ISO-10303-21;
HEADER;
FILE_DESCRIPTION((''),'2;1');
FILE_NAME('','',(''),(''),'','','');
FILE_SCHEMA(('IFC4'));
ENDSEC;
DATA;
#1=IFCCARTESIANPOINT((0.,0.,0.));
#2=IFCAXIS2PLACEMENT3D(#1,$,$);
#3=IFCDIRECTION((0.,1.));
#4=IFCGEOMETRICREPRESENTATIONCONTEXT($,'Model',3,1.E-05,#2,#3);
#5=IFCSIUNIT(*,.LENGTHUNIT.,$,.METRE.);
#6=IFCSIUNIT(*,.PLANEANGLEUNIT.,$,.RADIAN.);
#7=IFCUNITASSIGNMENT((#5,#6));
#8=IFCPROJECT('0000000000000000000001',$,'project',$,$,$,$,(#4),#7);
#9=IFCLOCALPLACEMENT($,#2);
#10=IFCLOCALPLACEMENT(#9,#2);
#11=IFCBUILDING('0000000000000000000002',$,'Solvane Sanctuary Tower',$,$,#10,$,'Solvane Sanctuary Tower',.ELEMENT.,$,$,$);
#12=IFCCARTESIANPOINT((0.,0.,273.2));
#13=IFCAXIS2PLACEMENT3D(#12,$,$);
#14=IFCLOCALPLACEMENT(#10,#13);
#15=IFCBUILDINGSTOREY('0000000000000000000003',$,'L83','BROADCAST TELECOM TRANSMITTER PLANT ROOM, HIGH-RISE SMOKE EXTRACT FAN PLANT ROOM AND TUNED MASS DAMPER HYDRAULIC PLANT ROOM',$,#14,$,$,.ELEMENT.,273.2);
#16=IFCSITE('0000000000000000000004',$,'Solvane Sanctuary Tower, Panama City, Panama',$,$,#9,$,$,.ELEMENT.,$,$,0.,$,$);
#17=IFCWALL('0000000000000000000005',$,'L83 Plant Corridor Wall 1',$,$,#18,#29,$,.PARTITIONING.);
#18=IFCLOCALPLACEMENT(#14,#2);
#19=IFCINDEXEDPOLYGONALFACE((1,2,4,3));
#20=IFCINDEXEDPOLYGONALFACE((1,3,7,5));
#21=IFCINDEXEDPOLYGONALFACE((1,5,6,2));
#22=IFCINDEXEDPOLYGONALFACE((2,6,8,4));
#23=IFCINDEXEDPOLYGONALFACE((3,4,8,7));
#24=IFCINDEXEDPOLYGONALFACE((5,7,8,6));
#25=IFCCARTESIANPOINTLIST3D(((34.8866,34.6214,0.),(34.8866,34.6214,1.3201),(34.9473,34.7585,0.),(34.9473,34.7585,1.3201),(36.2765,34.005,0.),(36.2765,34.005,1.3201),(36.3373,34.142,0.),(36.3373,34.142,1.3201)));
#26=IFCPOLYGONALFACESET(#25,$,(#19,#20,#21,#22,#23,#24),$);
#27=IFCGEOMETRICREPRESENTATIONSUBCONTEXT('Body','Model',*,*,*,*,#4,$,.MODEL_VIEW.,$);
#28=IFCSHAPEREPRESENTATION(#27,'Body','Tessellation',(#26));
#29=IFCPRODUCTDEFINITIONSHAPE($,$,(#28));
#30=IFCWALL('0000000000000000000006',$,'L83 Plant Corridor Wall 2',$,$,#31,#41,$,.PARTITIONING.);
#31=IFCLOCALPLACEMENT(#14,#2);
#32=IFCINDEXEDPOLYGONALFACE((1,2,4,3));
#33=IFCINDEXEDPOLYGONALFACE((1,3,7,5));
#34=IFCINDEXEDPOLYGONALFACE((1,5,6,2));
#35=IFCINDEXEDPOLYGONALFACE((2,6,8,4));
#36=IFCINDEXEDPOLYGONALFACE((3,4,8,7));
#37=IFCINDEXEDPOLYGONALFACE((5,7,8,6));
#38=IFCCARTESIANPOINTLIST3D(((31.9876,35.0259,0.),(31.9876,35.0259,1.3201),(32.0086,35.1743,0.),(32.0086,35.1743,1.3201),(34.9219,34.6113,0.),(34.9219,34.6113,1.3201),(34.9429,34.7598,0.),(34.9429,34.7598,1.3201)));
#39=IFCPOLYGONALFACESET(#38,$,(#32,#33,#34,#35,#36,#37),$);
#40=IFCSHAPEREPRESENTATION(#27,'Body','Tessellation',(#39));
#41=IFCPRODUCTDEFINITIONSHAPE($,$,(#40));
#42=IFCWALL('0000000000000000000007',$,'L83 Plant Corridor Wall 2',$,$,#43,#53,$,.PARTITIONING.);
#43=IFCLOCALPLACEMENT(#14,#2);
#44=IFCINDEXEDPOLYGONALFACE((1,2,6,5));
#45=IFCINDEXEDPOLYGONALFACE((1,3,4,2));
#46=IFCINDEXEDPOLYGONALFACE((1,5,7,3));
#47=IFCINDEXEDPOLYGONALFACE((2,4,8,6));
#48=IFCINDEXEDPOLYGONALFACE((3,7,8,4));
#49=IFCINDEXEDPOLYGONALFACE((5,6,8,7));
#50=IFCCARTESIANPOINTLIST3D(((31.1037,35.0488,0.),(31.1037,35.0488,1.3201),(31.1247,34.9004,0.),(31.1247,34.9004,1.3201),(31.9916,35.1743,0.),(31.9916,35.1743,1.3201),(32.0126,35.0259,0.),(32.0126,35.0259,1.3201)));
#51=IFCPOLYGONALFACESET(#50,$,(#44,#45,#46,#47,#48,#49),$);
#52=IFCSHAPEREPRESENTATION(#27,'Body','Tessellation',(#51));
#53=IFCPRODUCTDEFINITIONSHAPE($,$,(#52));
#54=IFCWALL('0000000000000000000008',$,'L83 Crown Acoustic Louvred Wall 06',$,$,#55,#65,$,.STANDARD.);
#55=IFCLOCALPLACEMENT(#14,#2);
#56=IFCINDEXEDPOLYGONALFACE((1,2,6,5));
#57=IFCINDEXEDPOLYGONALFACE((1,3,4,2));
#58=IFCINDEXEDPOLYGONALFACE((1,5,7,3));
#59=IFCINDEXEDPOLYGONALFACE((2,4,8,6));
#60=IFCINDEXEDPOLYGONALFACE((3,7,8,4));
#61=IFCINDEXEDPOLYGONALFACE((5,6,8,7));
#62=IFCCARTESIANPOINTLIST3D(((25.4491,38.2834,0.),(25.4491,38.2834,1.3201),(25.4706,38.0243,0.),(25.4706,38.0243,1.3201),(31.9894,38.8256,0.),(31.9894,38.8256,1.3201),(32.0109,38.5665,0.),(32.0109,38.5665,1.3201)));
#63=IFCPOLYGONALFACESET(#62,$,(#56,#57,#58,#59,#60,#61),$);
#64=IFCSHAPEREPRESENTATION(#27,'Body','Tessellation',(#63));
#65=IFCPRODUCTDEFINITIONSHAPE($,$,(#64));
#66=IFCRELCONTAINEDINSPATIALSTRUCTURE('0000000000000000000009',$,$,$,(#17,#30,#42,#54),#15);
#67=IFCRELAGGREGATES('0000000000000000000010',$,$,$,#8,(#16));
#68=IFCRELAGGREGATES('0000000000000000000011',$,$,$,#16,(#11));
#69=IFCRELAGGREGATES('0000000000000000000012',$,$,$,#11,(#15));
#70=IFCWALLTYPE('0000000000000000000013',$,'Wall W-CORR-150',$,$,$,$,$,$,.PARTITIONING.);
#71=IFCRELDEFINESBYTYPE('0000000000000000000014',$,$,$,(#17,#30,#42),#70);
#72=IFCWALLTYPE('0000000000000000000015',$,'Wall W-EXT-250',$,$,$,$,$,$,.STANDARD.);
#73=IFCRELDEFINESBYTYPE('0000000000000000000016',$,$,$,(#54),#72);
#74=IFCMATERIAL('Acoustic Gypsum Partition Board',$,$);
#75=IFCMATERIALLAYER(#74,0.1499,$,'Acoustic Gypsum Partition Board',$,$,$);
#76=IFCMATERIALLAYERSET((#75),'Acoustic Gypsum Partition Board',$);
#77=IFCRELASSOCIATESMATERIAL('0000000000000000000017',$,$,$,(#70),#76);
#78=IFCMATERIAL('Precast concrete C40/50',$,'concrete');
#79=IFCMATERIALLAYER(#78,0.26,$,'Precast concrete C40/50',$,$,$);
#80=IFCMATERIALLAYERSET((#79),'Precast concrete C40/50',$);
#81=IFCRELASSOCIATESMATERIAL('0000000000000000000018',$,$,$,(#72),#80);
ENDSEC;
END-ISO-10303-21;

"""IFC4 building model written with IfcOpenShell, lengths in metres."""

from ifc_helpers import new_model, si_unit, direction, frame, frame_2d, origin, place, context, subcontext, project, spatial, rectangle, extrude, material, layer, layer_set, type_object, element, save


model = new_model("IFC4")

# Units and contexts
model_context = context("Model", 3, precision=1e-05, world=origin(), true_north=direction((0.0, 1.0)))
body_context = subcontext(model_context, "Body", "Model", "MODEL_VIEW")
ifc_project = project(units=[si_unit("LENGTHUNIT", "METRE"), si_unit("PLANEANGLEUNIT", "RADIAN")], contexts=[model_context])

# Site, building, storey
site_placement = place(None, origin())
site = spatial("IfcSite", under=ifc_project, at=site_placement, Name="Solvane Sanctuary Tower, Panama City, Panama", CompositionType="ELEMENT", RefElevation=0.0)
building_placement = place(site_placement, origin())
building = spatial("IfcBuilding", under=site, at=building_placement, Name="Solvane Sanctuary Tower", LongName="Solvane Sanctuary Tower", CompositionType="ELEMENT")
storey_placement = place(building_placement, frame((0.0, 0.0, 273.2)))
storey = spatial("IfcBuildingStorey", under=building, at=storey_placement, Name="L83", Description="BROADCAST TELECOM TRANSMITTER PLANT ROOM, HIGH-RISE SMOKE EXTRACT FAN PLANT ROOM AND TUNED MASS DAMPER HYDRAULIC PLANT ROOM", CompositionType="ELEMENT", Elevation=273.2)

# Shared definitions
ifc_material_1 = material(Name="Acoustic Gypsum Partition Board")
ifc_layer_1 = layer(ifc_material_1, 0.1499, Name="Acoustic Gypsum Partition Board")
ifc_layer_set_1 = layer_set([ifc_layer_1], Name="Acoustic Gypsum Partition Board")
wall_type_1 = type_object("IfcWallType", Name="Wall W-CORR-150", PredefinedType="PARTITIONING", material=ifc_layer_set_1)

# Walls
wall_1_placement = place(storey_placement, frame((36.3069, 34.0735, 0.0), z_axis=(0.0, 0.0, 1.0), x_axis=(-0.914122, 0.405438, 0.0)))
element("IfcWall", 1, at=wall_1_placement, inside=storey, type_object=wall_type_1, Name="L83 Plant Corridor Wall 1", PredefinedType="PARTITIONING", context=body_context, shape_type="SweptSolid", body=[
    extrude(rectangle(XDim=1.5205, YDim=0.1499, at=frame_2d((0.7603, 0.0))), origin(), (0.0, 0.0, 1.0), 1.3201),
])
wall_2_placement = place(storey_placement, frame((34.9324, 34.6855, 0.0), z_axis=(0.0, 0.0, 1.0), x_axis=(-0.990167, 0.139887, 0.0)))
element("IfcWall", 2, at=wall_2_placement, inside=storey, type_object=wall_type_1, Name="L83 Plant Corridor Wall 2", PredefinedType="PARTITIONING", context=body_context, shape_type="SweptSolid", body=[
    extrude(rectangle(XDim=2.9634, YDim=0.1499, at=frame_2d((1.4817, 0.0))), origin(), (0.0, 0.0, 1.0), 1.3201),
])
wall_3_placement = place(storey_placement, frame((32.002, 35.1001, 0.0), z_axis=(0.0, 0.0, 1.0), x_axis=(-0.990161, -0.139935, 0.0)))
element("IfcWall", 3, at=wall_3_placement, inside=storey, type_object=wall_type_1, Name="L83 Plant Corridor Wall 2", PredefinedType="PARTITIONING", context=body_context, shape_type="SweptSolid", body=[
    extrude(rectangle(XDim=0.8967, YDim=0.1499, at=frame_2d((0.4482, 0.0))), origin(), (0.0, 0.0, 1.0), 1.3201),
])
ifc_material_2 = material(Name="Precast concrete C40/50", Category="concrete")
ifc_layer_2 = layer(ifc_material_2, 0.26, Name="Precast concrete C40/50")
ifc_layer_set_2 = layer_set([ifc_layer_2], Name="Precast concrete C40/50")
wall_type_2 = type_object("IfcWallType", Name="Wall W-EXT-250", PredefinedType="STANDARD", material=ifc_layer_set_2)
wall_4_placement = place(storey_placement, frame((32.0, 38.696, 0.0), z_axis=(0.0, 0.0, 1.0), x_axis=(-0.996581, -0.082624, 0.0)))
element("IfcWall", 4, at=wall_4_placement, inside=storey, type_object=wall_type_2, Name="L83 Crown Acoustic Louvred Wall 06", PredefinedType="STANDARD", context=body_context, shape_type="SweptSolid", body=[
    extrude(rectangle(XDim=6.5627, YDim=0.26, at=frame_2d((3.2812, 0.0))), origin(), (0.0, 0.0, 1.0), 1.3201),
])

save(model, "model.ifc")
